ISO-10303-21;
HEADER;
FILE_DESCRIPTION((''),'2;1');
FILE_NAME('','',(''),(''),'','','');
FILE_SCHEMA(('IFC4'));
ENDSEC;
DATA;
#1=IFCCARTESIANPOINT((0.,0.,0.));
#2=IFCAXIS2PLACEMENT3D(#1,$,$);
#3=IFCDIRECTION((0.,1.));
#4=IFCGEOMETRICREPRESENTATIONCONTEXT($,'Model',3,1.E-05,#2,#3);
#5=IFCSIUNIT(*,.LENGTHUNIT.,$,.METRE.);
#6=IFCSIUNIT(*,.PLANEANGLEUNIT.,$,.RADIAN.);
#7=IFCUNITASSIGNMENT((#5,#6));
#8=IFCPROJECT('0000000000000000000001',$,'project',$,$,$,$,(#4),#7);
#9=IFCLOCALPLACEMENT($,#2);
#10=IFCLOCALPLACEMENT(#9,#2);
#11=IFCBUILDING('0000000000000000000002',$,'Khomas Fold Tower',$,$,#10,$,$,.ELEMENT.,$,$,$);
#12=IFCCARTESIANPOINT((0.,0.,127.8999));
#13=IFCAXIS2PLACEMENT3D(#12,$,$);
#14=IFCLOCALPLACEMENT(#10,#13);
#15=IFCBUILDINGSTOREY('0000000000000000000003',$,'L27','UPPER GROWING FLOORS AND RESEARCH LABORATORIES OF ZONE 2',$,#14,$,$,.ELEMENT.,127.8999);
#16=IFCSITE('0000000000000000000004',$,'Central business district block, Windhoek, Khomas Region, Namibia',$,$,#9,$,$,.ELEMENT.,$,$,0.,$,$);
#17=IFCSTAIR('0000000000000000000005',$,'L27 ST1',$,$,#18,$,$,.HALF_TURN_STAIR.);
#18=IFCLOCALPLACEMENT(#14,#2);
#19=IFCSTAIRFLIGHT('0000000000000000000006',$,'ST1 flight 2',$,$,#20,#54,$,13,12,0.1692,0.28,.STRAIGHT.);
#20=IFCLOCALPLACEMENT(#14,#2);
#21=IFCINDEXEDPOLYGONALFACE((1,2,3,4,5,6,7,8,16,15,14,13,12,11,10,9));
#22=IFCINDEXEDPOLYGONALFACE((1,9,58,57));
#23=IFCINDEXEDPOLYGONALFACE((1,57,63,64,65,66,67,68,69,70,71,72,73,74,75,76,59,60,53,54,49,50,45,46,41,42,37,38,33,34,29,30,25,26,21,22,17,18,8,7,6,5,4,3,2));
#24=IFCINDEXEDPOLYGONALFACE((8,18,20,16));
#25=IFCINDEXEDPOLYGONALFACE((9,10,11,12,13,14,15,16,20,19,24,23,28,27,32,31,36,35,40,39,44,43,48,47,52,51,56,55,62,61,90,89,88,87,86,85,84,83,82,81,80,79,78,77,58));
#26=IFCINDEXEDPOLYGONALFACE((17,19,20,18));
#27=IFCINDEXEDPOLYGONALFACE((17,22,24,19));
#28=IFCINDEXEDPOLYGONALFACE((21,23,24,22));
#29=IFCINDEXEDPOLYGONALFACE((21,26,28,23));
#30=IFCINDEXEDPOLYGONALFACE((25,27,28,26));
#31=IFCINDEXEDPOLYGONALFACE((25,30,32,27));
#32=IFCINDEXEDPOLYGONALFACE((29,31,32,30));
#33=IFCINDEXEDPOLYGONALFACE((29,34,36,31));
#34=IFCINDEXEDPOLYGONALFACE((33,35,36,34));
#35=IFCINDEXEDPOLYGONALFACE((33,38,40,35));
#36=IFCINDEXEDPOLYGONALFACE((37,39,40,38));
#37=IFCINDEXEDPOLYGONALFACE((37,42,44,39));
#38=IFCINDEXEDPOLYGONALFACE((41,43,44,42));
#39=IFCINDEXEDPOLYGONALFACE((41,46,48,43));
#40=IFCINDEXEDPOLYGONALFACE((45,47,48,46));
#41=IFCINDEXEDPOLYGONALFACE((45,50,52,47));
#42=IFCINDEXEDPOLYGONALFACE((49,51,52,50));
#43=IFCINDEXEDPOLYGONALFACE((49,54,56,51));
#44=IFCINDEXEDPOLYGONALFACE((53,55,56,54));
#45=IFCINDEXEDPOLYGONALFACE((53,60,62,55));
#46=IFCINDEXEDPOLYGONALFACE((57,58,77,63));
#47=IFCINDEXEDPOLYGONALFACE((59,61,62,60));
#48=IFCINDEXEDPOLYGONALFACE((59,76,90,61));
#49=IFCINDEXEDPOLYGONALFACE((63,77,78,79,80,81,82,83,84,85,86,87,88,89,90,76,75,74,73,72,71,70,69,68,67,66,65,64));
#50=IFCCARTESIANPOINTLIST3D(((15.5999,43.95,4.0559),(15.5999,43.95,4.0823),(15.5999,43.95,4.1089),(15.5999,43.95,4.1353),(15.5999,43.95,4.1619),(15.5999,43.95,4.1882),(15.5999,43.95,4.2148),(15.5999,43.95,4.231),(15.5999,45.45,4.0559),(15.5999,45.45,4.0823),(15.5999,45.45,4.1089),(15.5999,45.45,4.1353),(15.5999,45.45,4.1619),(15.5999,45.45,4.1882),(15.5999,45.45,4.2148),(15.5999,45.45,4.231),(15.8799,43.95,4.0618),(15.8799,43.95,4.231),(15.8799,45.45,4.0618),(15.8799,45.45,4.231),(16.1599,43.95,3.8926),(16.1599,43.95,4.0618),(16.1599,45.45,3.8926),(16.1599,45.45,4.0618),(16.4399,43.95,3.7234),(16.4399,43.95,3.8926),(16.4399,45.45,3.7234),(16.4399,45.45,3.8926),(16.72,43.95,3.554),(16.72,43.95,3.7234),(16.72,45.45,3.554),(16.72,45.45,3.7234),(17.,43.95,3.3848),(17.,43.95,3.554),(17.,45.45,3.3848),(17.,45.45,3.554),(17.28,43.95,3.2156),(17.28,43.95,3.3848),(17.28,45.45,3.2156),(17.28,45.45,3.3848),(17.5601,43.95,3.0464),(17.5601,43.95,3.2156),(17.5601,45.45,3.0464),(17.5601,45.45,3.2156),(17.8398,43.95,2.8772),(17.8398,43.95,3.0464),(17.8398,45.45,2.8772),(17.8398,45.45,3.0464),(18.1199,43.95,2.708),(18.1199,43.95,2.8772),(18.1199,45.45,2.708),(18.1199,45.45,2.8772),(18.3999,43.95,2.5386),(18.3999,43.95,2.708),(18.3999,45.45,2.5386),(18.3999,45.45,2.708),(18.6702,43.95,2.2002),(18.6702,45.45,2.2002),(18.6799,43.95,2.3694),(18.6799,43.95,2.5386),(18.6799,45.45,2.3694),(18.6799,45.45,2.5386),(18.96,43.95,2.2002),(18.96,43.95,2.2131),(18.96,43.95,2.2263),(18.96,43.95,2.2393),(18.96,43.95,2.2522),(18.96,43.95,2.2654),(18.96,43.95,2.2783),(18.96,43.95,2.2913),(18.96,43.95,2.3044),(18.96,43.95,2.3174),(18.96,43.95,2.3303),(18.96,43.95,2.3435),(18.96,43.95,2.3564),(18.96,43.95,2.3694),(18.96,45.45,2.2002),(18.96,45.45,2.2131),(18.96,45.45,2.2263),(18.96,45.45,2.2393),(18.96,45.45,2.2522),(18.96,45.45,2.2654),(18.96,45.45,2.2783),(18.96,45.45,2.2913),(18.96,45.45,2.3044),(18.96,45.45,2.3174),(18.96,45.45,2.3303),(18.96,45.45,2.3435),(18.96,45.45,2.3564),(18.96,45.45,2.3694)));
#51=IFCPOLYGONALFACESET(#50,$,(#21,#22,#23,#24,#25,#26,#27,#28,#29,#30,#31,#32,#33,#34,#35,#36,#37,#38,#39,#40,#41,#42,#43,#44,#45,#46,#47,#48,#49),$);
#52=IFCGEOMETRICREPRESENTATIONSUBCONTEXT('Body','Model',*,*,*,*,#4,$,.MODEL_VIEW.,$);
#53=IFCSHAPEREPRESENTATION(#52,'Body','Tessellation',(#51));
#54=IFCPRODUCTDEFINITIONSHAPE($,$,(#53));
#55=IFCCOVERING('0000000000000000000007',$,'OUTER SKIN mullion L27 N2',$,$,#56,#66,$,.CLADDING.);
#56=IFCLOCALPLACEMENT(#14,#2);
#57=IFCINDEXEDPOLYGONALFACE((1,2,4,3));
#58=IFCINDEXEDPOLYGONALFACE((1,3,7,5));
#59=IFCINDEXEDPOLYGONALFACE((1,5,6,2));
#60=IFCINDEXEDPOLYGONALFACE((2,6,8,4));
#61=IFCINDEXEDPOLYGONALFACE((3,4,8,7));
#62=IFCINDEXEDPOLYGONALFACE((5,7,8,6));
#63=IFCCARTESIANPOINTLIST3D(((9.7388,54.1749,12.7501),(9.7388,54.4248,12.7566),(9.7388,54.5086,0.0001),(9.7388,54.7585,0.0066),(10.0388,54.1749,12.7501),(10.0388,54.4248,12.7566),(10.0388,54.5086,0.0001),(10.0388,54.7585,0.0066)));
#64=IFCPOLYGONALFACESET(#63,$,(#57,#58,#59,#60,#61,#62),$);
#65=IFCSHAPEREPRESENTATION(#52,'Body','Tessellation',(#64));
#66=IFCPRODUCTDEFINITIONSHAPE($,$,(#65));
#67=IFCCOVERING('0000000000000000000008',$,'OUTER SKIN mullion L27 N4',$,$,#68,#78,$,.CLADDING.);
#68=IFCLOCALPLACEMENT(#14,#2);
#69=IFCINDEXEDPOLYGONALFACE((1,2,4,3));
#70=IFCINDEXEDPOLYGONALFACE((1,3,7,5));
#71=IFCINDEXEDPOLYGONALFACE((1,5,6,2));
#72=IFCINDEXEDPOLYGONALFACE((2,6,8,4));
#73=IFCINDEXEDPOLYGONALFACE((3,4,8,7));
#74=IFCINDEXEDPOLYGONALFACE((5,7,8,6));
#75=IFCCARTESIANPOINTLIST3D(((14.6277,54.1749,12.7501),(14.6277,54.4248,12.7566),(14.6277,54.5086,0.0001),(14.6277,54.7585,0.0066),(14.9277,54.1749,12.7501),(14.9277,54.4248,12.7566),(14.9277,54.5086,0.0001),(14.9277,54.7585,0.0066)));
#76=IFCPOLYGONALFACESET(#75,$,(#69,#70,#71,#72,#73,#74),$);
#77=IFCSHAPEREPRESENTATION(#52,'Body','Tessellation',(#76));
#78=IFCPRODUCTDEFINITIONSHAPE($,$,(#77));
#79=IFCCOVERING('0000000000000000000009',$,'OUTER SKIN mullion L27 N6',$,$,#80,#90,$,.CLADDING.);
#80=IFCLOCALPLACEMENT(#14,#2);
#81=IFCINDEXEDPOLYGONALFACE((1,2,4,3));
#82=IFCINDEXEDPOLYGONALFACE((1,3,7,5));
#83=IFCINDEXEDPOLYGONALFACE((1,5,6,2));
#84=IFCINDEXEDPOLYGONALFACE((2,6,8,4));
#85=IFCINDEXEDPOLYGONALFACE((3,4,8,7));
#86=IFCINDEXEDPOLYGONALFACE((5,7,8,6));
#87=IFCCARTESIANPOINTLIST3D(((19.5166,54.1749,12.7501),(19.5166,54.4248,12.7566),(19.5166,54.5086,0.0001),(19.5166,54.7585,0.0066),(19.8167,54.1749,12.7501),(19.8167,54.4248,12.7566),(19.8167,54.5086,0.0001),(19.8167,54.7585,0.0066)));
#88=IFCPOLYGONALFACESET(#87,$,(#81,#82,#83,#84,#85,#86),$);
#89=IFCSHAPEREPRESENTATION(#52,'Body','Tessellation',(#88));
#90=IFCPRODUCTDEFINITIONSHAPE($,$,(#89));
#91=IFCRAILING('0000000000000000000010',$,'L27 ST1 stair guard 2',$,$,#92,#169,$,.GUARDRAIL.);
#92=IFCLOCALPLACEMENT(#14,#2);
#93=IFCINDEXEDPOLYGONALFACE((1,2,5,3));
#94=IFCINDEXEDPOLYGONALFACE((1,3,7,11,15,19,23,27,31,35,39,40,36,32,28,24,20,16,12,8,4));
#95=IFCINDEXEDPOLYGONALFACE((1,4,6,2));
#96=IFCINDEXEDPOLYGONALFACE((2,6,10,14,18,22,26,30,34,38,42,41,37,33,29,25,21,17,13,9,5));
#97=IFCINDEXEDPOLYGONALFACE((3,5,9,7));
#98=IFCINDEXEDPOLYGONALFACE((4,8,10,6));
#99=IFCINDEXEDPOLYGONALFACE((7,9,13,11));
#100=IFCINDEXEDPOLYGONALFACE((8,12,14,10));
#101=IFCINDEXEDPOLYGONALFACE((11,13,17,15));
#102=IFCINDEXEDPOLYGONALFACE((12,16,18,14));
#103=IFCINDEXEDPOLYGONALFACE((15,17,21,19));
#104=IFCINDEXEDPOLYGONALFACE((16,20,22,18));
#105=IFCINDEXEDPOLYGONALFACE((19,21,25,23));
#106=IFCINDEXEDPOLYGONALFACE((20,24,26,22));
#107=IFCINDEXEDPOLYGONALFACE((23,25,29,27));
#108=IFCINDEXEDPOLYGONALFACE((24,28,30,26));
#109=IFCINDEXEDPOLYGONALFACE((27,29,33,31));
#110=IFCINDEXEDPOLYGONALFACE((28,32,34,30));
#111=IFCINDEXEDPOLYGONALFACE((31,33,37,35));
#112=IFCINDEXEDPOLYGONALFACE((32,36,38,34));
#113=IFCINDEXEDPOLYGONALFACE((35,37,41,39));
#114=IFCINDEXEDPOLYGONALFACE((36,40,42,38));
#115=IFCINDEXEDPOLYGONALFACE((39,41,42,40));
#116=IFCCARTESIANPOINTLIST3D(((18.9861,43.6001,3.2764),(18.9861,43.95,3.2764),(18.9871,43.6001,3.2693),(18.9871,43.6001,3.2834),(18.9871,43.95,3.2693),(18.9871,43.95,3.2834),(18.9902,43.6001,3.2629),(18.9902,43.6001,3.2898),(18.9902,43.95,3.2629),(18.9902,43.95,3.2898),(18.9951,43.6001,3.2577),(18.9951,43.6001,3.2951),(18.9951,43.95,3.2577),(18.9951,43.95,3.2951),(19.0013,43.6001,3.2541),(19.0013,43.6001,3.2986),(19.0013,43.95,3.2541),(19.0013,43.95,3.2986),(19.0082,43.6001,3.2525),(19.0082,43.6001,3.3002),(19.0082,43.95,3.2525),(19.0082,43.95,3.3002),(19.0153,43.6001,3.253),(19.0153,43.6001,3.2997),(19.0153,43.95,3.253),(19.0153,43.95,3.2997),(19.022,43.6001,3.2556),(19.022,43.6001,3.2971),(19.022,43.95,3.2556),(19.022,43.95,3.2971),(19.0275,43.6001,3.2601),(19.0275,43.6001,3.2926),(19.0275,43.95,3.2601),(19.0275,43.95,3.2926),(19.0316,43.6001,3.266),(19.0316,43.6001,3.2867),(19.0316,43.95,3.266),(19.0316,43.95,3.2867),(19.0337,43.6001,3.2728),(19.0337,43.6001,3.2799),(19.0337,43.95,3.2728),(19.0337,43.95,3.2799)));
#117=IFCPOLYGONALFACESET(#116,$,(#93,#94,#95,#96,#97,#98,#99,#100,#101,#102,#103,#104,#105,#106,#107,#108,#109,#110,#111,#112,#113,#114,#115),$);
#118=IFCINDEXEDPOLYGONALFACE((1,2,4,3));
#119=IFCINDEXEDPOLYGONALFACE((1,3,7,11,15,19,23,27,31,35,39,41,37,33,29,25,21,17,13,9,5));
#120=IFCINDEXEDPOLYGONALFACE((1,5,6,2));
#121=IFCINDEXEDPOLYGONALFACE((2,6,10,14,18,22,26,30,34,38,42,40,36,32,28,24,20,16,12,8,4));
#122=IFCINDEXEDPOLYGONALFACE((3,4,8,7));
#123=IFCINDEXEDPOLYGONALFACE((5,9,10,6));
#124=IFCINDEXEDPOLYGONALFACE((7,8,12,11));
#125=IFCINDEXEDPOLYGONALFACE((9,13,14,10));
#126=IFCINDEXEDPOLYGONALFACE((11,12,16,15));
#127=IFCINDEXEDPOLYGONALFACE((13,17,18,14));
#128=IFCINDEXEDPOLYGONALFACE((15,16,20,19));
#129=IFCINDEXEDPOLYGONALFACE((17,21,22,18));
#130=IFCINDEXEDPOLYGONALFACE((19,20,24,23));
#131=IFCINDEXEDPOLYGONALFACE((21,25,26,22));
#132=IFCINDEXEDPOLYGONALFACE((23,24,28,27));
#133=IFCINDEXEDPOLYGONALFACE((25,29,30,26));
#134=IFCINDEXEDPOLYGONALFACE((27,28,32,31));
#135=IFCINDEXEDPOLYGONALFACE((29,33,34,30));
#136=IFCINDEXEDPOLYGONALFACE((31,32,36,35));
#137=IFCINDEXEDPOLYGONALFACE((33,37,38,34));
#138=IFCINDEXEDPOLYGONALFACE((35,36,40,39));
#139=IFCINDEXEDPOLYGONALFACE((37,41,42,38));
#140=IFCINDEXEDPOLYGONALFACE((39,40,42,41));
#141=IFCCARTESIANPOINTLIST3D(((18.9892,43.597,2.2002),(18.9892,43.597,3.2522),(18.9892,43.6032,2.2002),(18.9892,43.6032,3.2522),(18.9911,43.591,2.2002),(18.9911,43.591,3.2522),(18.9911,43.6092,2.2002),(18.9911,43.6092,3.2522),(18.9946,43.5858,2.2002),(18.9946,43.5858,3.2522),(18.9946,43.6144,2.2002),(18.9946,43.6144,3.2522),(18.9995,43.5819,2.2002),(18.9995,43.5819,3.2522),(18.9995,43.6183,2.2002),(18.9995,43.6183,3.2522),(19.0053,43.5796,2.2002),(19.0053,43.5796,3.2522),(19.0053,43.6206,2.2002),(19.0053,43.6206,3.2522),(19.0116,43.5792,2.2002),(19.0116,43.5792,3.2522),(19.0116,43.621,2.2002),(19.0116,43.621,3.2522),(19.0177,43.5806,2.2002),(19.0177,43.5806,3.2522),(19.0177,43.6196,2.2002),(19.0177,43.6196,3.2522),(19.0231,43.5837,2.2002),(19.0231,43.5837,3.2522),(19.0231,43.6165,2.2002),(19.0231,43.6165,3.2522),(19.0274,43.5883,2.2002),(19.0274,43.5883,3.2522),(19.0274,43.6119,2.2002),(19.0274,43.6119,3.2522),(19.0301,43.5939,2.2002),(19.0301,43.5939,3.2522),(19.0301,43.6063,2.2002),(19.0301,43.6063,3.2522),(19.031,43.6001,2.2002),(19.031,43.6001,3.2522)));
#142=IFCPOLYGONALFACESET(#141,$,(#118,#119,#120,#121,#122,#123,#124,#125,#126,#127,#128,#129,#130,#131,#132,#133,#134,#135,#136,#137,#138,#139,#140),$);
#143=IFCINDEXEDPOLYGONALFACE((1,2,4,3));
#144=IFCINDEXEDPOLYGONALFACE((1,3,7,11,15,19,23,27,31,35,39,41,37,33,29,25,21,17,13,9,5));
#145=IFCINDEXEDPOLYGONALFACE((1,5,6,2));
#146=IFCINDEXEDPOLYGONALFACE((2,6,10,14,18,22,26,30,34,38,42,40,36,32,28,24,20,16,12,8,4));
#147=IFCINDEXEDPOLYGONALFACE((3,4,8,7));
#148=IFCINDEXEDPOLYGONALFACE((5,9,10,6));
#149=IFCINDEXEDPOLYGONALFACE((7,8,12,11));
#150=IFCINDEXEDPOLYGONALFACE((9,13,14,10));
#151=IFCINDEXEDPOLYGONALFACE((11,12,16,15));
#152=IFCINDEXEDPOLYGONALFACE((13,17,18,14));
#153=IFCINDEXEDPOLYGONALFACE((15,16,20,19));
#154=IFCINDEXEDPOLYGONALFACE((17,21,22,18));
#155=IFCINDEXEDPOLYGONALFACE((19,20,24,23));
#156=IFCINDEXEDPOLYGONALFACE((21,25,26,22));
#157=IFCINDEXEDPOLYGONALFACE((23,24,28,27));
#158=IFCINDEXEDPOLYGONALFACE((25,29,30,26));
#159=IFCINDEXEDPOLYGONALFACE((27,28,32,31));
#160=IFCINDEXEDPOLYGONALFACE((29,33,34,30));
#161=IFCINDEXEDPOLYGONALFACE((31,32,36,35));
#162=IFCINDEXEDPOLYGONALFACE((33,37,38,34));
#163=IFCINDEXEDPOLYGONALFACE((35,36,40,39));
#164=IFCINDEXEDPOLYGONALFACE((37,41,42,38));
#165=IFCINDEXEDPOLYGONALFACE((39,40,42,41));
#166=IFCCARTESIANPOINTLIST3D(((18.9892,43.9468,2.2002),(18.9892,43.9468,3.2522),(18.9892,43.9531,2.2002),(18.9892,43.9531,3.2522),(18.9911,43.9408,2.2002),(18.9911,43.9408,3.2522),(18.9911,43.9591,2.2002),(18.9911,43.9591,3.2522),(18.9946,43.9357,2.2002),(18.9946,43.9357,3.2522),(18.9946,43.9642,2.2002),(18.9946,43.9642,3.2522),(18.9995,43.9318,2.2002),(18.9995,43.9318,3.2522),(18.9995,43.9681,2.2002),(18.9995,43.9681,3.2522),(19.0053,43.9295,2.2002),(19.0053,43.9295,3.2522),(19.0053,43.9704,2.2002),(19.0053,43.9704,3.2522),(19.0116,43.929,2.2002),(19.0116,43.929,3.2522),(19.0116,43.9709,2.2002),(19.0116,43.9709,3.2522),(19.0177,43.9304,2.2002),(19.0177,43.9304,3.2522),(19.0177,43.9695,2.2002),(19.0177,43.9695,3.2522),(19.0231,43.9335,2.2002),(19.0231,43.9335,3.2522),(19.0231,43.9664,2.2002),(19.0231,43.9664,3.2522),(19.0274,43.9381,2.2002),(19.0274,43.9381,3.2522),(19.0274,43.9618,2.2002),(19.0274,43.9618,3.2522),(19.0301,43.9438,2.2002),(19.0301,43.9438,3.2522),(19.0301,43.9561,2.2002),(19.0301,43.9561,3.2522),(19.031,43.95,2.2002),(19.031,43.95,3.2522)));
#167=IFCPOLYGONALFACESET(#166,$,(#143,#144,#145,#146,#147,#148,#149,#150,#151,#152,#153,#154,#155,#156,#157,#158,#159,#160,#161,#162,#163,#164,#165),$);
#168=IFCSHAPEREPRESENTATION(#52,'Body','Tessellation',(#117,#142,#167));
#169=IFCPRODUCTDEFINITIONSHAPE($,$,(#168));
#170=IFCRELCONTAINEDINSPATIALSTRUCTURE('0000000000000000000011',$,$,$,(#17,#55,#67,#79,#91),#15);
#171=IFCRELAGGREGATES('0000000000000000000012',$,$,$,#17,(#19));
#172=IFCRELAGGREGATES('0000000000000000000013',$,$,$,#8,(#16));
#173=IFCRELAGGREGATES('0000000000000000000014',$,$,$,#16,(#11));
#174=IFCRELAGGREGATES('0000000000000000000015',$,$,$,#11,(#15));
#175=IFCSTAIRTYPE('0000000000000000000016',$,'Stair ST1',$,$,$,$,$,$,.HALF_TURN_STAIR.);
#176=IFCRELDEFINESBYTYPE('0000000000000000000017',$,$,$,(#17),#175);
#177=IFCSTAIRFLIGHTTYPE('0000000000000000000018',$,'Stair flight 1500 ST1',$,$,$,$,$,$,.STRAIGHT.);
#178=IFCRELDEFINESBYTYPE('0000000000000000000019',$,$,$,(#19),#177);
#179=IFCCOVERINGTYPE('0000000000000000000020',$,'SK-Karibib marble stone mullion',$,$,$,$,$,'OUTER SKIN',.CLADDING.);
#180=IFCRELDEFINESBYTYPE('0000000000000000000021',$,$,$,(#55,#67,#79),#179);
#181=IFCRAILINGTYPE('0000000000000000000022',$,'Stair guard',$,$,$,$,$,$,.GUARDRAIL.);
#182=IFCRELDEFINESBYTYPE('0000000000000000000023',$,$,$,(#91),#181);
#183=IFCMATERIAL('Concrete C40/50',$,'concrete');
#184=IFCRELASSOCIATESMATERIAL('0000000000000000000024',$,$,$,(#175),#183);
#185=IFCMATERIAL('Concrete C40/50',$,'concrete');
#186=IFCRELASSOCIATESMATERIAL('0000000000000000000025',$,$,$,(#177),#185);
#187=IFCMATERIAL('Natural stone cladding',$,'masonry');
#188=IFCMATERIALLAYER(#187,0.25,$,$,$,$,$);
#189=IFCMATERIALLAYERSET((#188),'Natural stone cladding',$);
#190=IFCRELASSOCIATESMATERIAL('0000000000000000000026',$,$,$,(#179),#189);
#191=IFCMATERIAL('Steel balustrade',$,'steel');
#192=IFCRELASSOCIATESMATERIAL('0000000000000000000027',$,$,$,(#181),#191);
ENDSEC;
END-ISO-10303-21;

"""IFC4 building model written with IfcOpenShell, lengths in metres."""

from ifc_helpers import new_model, si_unit, direction, frame, origin, origin_2d, place, context, subcontext, project, spatial, polyline, circle, outline, extrude, source, transform, mapped, material, layer, layer_set, type_object, element, aggregate, save


model = new_model("IFC4")

# Units and contexts
model_context = context("Model", 3, precision=1e-05, world=origin(), true_north=direction((0.0, 1.0)))
body_context = subcontext(model_context, "Body", "Model", "MODEL_VIEW")
ifc_project = project(units=[si_unit("LENGTHUNIT", "METRE"), si_unit("PLANEANGLEUNIT", "RADIAN")], contexts=[model_context])

# Site, building, storey
site_placement = place(None, origin())
site = spatial("IfcSite", under=ifc_project, at=site_placement, Name="Central business district block, Windhoek, Khomas Region, Namibia", CompositionType="ELEMENT", RefElevation=0.0)
building_placement = place(site_placement, origin())
building = spatial("IfcBuilding", under=site, at=building_placement, Name="Khomas Fold Tower", CompositionType="ELEMENT")
storey_placement = place(building_placement, frame((0.0, 0.0, 127.8999)))
storey = spatial("IfcBuildingStorey", under=building, at=storey_placement, Name="L27", Description="UPPER GROWING FLOORS AND RESEARCH LABORATORIES OF ZONE 2", CompositionType="ELEMENT", Elevation=127.8999)

# Stair, stair flight
ifc_material_1 = material(Name="Concrete C40/50", Category="concrete")
stair_type = type_object("IfcStairType", Name="Stair ST1", PredefinedType="HALF_TURN_STAIR", material=ifc_material_1)
stair_placement = place(storey_placement, origin())
stair = element("IfcStair", 1, at=stair_placement, inside=storey, type_object=stair_type, Name="L27 ST1", PredefinedType="HALF_TURN_STAIR")
ifc_material_2 = material(Name="Concrete C40/50", Category="concrete")
stair_flight_type = type_object("IfcStairFlightType", Name="Stair flight 1500 ST1", PredefinedType="STRAIGHT", material=ifc_material_2)
shared_shape_1 = source(origin(), body_context, "Body", "SweptSolid", [
    extrude(outline(polyline([(0.0, 0.0), (0.0, 0.0129), (0.0, 0.0261), (0.0, 0.0391), (0.0, 0.052), (0.0, 0.0652), (0.0, 0.0781), (0.0, 0.0911), (0.0, 0.1042), (0.0, 0.1172), (0.0, 0.1301), (0.0, 0.1433), (0.0, 0.1562), (0.0, 0.1692), (0.28, 0.1692), (0.28, 0.3384), (0.5601, 0.3384), (0.5601, 0.5078), (0.8401, 0.5078), (0.8401, 0.677), (1.1201, 0.677), (1.1201, 0.8462), (1.3999, 0.8462), (1.3999, 1.0154), (1.6799, 1.0154), (1.6799, 1.1846), (1.96, 1.1846), (1.96, 1.3538), (2.24, 1.3538), (2.24, 1.5232), (2.52, 1.5232), (2.52, 1.6924), (2.8, 1.6924), (2.8, 1.8616), (3.0801, 1.8616), (3.0801, 2.0308), (3.3601, 2.0308), (3.3601, 2.2), (3.3601, 2.1736), (3.3601, 2.147), (3.3601, 2.1206), (3.3601, 2.094), (3.3601, 2.0676), (3.3601, 2.041), (3.3601, 2.0146), (3.3601, 1.988), (3.3601, 1.9617), (3.3601, 1.9351), (3.3601, 1.9087), (3.3601, 1.8821), (3.3601, 1.8557), (0.2898, 0.0), (0.0, 0.0)])), frame((0.0, 0.75, 0.0), z_axis=(0.0, -1.0, 0.0), x_axis=(1.0, 0.0, 0.0)), (0.0, 0.0, 1.0), 1.5),
])
stair_flight_placement = place(storey_placement, frame((18.96, 44.7, 2.2002), z_axis=(0.0, 0.0, 1.0), x_axis=(-1.0, 0.0, 0.0)))
stair_flight = element("IfcStairFlight", 2, at=stair_flight_placement, type_object=stair_flight_type, Name="ST1 flight 2", NumberOfRisers=13, NumberOfTreads=12, PredefinedType="STRAIGHT", RiserHeight=0.1692, TreadLength=0.28, context=body_context, shape_type="MappedRepresentation", body=[
    mapped(shared_shape_1, transform((0.0, 0.0, 0.0))),
])
aggregate(stair, [stair_flight])

# Coverings
ifc_material_3 = material(Name="Natural stone cladding", Category="masonry")
ifc_layer_1 = layer(ifc_material_3, 0.25)
ifc_layer_set_1 = layer_set([ifc_layer_1], Name="Natural stone cladding")
covering_type = type_object("IfcCoveringType", Name="SK-Karibib marble stone mullion", ElementType="OUTER SKIN", PredefinedType="CLADDING", material=ifc_layer_set_1)
for number, where, z_axis, x_axis, name in (
    (3, (9.7388, 54.7585, 0.0066), (0.0, 0.999658, 0.026167), (1.0, 0.0, 0.0), "OUTER SKIN mullion L27 N2"),
    (4, (14.6277, 54.7585, 0.0066), (0.0, 0.999658, 0.026167), (1.0, 0.0, 0.0), "OUTER SKIN mullion L27 N4"),
    (5, (19.5166, 54.7585, 0.0066), (0.0, 0.999658, 0.026167), (1.0, 0.0, 0.0), "OUTER SKIN mullion L27 N6"),
):
    element("IfcCovering", number, at=place(storey_placement, frame(where, z_axis=z_axis, x_axis=x_axis)), inside=storey, type_object=covering_type, Name=name, PredefinedType="CLADDING", context=body_context, shape_type="SweptSolid", body=[
        extrude(outline(polyline([(0.0, 0.0), (0.3, 0.0), (0.3, -12.7544), (0.0, -12.7544), (0.0, 0.0)])), origin(), (0.0, 0.0, -1.0), 0.25),
    ])

# Railing
ifc_material_4 = material(Name="Steel balustrade", Category="steel")
railing_type_1 = type_object("IfcRailingType", Name="Stair guard", PredefinedType="GUARDRAIL", material=ifc_material_4)
shared_shape_2 = source(origin(), body_context, "Body", "SweptSolid", [
    extrude(circle(Radius=0.0239, at=origin_2d()), frame((0.0, 0.0, 1.0762), z_axis=(0.0, 1.0, 0.0), x_axis=(-1.0, 0.0, 0.0)), (0.0, 0.0, 1.0), 0.3499),
    extrude(circle(Radius=0.021, at=origin_2d()), origin(), (0.0, 0.0, 1.0), 1.052),
    extrude(circle(Radius=0.021, at=origin_2d()), frame((0.0, 0.3499, 0.0)), (0.0, 0.0, 1.0), 1.052),
])
for number, where, name in (
    (6, (19.01, 43.6001, 2.2002), "L27 ST1 stair guard 2"),
):
    element("IfcRailing", number, at=place(storey_placement, frame(where)), inside=storey, type_object=railing_type_1, Name=name, PredefinedType="GUARDRAIL", context=body_context, shape_type="MappedRepresentation", body=[
        mapped(shared_shape_2, transform((0.0, 0.0, 0.0))),
    ])

save(model, "model.ifc")
